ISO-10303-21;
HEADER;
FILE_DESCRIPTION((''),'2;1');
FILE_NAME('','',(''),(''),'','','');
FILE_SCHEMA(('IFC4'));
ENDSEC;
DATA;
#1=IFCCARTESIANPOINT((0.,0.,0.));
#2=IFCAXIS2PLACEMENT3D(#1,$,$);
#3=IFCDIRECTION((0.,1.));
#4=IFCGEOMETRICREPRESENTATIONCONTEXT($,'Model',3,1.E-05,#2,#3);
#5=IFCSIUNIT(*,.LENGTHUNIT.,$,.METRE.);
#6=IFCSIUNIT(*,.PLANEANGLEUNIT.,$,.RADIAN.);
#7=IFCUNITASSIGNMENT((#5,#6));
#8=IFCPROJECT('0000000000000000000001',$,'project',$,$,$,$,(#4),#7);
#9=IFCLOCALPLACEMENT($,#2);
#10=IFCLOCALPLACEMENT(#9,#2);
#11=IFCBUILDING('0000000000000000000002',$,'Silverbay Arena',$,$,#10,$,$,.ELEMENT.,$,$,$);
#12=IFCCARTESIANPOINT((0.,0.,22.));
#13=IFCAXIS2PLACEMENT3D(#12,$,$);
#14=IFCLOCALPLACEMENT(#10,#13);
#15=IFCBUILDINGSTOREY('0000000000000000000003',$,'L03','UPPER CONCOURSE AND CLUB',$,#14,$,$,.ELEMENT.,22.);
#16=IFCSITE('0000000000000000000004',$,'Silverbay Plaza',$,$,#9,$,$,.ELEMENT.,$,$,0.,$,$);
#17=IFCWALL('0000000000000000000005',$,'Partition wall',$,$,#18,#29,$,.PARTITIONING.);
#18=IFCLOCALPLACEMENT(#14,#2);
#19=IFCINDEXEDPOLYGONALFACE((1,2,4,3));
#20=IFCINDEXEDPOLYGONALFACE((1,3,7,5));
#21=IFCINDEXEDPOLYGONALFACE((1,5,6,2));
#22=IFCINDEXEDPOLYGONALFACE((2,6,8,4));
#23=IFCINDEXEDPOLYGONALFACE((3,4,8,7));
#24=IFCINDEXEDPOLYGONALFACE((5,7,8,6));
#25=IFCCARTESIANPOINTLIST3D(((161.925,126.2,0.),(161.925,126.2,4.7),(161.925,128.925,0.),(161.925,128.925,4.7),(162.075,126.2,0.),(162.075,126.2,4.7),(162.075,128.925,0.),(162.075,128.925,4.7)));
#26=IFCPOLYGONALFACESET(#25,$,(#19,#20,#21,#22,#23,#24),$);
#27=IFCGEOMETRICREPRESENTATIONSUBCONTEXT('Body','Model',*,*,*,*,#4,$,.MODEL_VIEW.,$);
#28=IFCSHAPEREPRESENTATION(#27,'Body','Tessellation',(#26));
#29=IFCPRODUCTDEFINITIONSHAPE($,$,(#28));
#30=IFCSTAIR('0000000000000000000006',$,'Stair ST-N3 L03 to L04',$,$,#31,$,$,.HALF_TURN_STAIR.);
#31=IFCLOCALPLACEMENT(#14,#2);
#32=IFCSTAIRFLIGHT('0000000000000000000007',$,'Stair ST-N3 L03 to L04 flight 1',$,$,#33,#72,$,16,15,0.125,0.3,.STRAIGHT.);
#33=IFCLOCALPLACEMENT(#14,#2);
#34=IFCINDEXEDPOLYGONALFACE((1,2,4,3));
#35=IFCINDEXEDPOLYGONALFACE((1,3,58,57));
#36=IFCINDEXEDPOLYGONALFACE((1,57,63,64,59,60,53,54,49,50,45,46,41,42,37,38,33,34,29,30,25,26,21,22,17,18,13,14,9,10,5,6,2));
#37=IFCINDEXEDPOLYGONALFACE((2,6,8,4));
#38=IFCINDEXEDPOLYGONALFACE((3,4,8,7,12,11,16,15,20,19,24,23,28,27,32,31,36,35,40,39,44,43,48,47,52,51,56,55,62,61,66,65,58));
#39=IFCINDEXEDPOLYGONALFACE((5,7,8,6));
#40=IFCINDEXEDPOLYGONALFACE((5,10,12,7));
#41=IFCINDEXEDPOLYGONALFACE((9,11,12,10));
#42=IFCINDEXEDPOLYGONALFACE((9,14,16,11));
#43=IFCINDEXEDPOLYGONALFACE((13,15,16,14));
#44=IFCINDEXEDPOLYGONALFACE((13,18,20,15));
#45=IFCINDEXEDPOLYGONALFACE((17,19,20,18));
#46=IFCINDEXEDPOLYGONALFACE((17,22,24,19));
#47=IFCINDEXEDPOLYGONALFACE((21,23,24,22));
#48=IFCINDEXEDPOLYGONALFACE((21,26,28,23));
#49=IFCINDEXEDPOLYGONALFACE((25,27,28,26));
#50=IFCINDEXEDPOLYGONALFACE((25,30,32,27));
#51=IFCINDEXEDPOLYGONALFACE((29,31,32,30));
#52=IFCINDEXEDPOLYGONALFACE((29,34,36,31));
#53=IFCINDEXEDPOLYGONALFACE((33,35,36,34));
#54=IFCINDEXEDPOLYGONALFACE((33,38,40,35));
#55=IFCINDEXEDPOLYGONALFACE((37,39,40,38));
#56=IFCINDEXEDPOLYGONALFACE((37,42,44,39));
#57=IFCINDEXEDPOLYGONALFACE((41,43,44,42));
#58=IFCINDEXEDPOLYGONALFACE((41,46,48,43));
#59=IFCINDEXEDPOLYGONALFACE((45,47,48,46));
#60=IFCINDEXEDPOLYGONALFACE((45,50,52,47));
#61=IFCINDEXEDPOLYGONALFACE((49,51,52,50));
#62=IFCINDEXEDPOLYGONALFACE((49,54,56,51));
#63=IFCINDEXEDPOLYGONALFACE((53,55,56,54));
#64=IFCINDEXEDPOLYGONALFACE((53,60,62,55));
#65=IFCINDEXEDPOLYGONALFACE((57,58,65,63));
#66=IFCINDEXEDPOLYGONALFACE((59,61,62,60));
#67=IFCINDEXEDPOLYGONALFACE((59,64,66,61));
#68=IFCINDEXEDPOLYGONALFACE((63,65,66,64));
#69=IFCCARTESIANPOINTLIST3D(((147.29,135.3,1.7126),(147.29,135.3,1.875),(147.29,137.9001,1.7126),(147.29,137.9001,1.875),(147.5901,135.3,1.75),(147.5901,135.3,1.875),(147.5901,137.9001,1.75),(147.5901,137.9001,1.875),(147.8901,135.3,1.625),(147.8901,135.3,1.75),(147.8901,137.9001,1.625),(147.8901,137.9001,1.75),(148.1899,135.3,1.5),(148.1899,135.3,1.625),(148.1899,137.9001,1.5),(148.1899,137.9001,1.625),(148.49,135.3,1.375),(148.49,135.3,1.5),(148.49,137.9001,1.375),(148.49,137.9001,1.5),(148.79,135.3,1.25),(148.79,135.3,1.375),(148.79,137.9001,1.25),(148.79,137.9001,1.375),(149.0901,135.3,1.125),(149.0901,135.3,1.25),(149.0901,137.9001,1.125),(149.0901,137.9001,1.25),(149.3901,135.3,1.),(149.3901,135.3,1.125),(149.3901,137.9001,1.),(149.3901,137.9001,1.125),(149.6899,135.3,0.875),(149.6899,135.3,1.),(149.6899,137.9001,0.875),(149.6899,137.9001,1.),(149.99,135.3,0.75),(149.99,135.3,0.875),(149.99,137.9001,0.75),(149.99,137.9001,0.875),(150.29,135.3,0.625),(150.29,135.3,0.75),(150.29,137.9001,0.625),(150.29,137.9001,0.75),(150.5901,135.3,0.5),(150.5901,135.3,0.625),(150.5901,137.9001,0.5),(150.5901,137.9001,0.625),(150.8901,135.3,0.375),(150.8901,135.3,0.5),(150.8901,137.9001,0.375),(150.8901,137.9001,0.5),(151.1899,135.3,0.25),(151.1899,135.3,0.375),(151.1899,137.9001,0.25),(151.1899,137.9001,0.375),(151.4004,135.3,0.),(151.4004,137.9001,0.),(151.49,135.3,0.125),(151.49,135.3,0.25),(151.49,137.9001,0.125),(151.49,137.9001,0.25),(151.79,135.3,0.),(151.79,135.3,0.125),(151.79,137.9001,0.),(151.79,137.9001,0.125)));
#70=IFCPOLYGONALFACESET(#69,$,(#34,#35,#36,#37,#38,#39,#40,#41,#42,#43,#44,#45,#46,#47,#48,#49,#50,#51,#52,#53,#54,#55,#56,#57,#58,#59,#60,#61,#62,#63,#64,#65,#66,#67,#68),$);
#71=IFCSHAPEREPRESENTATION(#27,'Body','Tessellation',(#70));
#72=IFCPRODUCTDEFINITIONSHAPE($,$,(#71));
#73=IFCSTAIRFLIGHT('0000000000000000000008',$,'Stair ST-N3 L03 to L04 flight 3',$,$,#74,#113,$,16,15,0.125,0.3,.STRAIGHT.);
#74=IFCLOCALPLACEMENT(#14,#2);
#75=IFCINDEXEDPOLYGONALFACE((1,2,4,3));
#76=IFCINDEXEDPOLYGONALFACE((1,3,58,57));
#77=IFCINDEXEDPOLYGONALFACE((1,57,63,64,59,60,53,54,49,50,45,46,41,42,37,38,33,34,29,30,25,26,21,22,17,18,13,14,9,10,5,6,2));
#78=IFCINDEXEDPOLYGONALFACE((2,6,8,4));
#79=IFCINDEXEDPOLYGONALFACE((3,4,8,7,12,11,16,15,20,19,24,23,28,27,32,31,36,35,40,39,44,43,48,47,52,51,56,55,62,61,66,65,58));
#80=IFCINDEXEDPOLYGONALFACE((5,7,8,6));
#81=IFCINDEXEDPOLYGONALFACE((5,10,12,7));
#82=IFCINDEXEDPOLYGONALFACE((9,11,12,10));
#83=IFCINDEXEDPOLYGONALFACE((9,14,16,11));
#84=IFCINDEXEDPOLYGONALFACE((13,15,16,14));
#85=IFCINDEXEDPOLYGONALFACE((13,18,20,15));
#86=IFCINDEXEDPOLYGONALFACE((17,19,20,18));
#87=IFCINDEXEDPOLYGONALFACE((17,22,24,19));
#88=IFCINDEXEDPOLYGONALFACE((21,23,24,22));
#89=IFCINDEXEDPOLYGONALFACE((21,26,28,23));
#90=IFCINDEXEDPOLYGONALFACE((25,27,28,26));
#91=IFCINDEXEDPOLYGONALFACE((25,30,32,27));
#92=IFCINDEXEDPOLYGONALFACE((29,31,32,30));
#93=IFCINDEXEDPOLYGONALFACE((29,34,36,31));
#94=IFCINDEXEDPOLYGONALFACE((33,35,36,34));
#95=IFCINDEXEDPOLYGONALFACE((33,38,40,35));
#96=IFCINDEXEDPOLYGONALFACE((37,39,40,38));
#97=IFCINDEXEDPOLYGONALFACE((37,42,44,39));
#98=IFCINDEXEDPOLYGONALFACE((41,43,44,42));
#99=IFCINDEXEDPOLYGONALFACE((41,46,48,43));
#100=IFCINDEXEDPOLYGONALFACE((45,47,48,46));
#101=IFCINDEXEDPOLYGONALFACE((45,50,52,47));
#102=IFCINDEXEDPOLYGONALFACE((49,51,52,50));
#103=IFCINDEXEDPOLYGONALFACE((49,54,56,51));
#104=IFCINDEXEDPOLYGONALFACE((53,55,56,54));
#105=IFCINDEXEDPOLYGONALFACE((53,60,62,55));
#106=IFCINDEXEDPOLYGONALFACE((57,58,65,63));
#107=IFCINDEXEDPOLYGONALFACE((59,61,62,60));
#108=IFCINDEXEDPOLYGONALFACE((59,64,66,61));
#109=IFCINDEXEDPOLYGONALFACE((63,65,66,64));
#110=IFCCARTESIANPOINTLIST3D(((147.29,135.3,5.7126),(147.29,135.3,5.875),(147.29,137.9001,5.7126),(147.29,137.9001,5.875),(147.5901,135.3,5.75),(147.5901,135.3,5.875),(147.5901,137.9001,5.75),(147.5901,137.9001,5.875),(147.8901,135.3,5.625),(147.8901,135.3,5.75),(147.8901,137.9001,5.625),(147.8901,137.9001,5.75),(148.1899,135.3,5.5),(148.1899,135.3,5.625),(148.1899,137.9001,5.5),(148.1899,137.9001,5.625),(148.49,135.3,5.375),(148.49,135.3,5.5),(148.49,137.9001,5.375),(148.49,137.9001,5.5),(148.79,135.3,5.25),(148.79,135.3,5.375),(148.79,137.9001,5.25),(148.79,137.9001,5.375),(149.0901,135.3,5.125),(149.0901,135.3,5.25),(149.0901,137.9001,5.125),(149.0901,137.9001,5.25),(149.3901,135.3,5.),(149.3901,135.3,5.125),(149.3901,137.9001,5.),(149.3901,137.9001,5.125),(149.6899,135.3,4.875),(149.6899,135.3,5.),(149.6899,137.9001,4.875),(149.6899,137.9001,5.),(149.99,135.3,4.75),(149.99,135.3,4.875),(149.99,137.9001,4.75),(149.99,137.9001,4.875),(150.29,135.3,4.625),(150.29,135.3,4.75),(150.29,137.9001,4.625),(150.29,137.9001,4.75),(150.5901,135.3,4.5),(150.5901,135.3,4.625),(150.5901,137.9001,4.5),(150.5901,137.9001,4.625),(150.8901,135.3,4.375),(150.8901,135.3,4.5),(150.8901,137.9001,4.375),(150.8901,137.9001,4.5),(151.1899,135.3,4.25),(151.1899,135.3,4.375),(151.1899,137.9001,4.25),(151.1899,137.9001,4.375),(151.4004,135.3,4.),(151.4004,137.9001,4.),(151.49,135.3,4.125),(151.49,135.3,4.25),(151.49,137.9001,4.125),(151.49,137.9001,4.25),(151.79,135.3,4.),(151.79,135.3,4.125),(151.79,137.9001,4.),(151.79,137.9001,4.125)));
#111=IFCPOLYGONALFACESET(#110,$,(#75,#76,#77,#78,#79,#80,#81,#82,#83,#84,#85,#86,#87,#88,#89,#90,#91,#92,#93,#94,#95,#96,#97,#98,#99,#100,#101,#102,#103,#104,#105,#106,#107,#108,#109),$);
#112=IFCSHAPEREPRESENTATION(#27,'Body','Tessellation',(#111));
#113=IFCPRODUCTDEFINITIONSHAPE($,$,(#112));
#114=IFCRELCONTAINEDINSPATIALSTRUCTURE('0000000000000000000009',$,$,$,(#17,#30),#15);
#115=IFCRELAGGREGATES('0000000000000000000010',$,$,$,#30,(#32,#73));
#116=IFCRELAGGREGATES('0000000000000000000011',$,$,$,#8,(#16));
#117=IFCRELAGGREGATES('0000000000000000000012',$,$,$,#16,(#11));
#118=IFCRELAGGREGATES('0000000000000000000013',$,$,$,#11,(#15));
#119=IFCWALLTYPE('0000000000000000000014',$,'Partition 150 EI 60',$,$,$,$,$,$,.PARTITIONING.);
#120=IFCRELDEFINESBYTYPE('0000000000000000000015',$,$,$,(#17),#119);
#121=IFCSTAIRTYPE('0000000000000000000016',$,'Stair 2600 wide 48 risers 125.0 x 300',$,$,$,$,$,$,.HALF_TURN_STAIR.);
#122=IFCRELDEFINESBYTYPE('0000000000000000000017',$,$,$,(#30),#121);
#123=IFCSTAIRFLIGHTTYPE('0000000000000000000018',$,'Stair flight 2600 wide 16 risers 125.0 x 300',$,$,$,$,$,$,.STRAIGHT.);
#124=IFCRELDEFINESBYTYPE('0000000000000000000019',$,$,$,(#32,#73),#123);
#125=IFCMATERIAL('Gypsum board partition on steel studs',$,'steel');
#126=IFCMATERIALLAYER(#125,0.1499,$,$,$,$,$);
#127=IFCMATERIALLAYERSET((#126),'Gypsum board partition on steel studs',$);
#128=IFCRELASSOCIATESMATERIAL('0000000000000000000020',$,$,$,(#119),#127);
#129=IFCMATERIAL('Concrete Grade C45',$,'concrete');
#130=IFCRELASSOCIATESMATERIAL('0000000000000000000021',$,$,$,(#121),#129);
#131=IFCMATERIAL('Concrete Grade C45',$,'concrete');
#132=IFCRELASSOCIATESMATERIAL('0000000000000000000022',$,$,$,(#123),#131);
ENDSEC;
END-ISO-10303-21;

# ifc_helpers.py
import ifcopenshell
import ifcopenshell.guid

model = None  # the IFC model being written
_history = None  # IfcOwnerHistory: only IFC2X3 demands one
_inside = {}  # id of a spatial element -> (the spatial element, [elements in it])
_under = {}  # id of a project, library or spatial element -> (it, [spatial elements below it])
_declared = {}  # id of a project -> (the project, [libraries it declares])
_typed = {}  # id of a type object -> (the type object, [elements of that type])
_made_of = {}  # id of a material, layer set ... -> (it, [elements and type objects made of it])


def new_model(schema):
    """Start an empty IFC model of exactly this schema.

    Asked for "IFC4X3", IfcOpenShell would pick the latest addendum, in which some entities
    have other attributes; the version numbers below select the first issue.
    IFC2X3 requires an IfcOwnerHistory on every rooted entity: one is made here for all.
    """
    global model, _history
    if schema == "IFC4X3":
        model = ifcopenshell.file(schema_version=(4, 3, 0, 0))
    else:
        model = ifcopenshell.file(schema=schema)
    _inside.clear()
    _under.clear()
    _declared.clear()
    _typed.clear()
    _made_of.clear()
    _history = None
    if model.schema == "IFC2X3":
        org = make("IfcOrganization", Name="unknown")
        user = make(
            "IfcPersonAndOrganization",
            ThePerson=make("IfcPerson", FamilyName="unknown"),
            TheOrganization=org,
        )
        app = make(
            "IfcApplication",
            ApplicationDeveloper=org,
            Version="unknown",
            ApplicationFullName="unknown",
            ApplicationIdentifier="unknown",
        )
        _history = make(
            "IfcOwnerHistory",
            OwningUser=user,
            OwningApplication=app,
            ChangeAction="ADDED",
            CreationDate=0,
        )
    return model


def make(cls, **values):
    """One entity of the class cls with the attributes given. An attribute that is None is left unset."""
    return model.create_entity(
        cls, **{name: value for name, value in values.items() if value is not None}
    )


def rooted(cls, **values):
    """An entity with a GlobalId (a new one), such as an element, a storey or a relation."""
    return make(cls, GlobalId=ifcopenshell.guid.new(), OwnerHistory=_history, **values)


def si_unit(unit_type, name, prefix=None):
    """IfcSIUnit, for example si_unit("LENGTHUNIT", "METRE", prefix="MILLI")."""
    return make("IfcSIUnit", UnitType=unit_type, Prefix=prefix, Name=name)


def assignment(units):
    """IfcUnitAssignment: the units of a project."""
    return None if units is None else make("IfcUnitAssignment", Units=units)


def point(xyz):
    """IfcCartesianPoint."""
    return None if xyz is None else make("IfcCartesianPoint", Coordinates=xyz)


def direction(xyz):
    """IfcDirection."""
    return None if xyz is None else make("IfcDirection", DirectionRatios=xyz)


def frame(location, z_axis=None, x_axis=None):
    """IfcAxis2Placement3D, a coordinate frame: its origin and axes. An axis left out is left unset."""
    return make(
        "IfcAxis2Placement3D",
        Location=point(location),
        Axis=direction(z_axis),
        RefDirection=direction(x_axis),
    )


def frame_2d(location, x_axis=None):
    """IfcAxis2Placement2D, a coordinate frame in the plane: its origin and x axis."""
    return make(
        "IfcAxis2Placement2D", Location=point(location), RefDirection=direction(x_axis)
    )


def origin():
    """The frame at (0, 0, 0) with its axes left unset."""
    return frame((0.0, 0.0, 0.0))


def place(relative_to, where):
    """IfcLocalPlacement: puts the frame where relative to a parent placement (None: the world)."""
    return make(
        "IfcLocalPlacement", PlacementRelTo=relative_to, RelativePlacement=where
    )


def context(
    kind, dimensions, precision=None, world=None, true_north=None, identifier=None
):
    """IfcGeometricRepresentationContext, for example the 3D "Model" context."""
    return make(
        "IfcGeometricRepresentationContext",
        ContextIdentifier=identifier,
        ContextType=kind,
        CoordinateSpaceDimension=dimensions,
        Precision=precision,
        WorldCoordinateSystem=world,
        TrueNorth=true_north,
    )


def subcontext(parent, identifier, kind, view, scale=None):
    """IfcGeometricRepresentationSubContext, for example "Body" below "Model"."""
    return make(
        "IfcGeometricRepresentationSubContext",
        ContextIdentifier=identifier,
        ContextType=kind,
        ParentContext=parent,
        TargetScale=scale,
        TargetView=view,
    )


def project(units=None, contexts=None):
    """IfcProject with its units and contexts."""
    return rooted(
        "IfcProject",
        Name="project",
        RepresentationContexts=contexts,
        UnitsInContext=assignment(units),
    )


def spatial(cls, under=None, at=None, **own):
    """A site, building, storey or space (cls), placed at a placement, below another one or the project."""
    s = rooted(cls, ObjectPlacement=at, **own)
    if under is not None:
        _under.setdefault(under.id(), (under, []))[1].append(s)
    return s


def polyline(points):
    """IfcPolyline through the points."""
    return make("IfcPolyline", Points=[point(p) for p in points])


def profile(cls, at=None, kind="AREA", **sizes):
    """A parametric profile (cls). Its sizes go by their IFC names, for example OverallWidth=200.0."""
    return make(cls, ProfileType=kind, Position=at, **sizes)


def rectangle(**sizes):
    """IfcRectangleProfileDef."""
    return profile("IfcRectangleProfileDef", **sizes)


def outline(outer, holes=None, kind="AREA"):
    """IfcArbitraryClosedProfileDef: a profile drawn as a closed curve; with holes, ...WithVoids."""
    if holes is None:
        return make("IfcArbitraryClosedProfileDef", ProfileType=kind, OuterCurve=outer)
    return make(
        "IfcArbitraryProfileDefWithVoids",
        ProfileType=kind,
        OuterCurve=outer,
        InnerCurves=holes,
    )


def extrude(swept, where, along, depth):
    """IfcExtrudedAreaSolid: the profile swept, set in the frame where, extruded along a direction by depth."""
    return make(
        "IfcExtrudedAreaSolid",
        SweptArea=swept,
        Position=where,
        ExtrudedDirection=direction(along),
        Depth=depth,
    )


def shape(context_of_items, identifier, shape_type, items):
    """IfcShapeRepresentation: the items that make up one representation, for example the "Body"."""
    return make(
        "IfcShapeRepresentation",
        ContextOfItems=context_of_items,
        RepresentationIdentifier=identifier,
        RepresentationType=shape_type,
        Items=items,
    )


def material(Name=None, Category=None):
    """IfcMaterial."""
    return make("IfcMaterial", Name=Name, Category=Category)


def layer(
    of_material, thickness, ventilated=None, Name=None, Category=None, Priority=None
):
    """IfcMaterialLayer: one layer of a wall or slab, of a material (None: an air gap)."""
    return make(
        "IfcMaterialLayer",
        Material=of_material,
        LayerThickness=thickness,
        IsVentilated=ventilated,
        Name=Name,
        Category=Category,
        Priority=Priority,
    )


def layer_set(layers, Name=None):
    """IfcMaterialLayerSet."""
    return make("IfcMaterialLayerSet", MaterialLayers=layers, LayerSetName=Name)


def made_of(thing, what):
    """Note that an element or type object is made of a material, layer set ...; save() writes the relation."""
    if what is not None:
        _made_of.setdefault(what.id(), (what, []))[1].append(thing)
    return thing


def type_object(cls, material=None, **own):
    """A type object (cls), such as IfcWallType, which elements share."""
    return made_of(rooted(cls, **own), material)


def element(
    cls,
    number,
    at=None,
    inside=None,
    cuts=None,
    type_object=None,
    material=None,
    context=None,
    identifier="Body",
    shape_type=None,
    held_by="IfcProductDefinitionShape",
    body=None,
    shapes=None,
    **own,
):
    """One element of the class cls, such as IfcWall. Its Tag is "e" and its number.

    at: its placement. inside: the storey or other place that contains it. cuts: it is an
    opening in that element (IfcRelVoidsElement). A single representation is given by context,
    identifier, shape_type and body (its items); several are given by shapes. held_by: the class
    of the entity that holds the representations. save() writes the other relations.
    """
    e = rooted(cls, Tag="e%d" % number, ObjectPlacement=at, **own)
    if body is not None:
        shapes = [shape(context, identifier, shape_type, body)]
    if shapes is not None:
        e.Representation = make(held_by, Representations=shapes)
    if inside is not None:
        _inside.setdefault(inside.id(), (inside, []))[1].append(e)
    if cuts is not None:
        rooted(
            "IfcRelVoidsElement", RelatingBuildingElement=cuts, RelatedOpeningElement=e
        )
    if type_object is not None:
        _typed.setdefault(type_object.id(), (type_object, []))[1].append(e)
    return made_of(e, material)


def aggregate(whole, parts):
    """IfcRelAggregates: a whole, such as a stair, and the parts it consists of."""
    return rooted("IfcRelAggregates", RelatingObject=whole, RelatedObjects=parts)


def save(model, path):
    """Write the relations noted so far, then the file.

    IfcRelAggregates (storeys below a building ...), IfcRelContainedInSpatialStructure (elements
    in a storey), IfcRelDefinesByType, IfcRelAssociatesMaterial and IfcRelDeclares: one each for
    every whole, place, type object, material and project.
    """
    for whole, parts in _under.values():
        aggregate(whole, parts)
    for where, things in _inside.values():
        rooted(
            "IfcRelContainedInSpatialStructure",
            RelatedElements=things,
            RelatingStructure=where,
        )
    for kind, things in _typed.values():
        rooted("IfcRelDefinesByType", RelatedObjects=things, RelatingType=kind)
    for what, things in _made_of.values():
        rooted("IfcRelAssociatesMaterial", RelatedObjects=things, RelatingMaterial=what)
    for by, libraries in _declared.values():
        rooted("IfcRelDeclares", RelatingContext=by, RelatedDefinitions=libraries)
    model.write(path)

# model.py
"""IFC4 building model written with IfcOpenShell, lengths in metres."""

from ifc_helpers import new_model, si_unit, direction, frame, frame_2d, origin, place, context, subcontext, project, spatial, polyline, rectangle, outline, extrude, material, layer, layer_set, type_object, element, aggregate, save


model = new_model("IFC4")

# Units and contexts
model_context = context("Model", 3, precision=1e-05, world=origin(), true_north=direction((0.0, 1.0)))
body_context = subcontext(model_context, "Body", "Model", "MODEL_VIEW")
ifc_project = project(units=[si_unit("LENGTHUNIT", "METRE"), si_unit("PLANEANGLEUNIT", "RADIAN")], contexts=[model_context])

# Site, building, storey
site_placement = place(None, origin())
site = spatial("IfcSite", under=ifc_project, at=site_placement, Name="Silverbay Plaza", CompositionType="ELEMENT", RefElevation=0.0)
building_placement = place(site_placement, origin())
building = spatial("IfcBuilding", under=site, at=building_placement, Name="Silverbay Arena", CompositionType="ELEMENT")
storey_placement = place(building_placement, frame((0.0, 0.0, 22.0)))
storey = spatial("IfcBuildingStorey", under=building, at=storey_placement, Name="L03", Description="UPPER CONCOURSE AND CLUB", CompositionType="ELEMENT", Elevation=22.0)

# Shared definitions
ifc_material_1 = material(Name="Gypsum board partition on steel studs", Category="steel")
ifc_layer_1 = layer(ifc_material_1, 0.1499)
ifc_layer_set_1 = layer_set([ifc_layer_1], Name="Gypsum board partition on steel studs")
wall_type_1 = type_object("IfcWallType", Name="Partition 150 EI 60", PredefinedType="PARTITIONING", material=ifc_layer_set_1)

# Wall
wall_1_placement = place(storey_placement, frame((162.0, 126.2, 0.0), z_axis=(0.0, 0.0, 1.0), x_axis=(0.0, 1.0, 0.0)))
element("IfcWall", 1, at=wall_1_placement, inside=storey, type_object=wall_type_1, Name="Partition wall", PredefinedType="PARTITIONING", context=body_context, shape_type="SweptSolid", body=[
    extrude(rectangle(XDim=2.7251, YDim=0.1499, at=frame_2d((1.3625, 0.0))), origin(), (0.0, 0.0, 1.0), 4.7),
])

# Stair, stair flights
ifc_material_2 = material(Name="Concrete Grade C45", Category="concrete")
stair_type = type_object("IfcStairType", Name="Stair 2600 wide 48 risers 125.0 x 300", PredefinedType="HALF_TURN_STAIR", material=ifc_material_2)
stair_placement = place(storey_placement, origin())
stair = element("IfcStair", 2, at=stair_placement, inside=storey, type_object=stair_type, Name="Stair ST-N3 L03 to L04", PredefinedType="HALF_TURN_STAIR")
ifc_material_3 = material(Name="Concrete Grade C45", Category="concrete")
stair_flight_type = type_object("IfcStairFlightType", Name="Stair flight 2600 wide 16 risers 125.0 x 300", PredefinedType="STRAIGHT", material=ifc_material_3)
stair_flight_1_placement = place(storey_placement, frame((151.79, 136.6001, 0.0), z_axis=(0.0, 0.0, 1.0), x_axis=(-1.0, 0.0, 0.0)))
stair_flight_1 = element("IfcStairFlight", 3, at=stair_flight_1_placement, type_object=stair_flight_type, Name="Stair ST-N3 L03 to L04 flight 1", NumberOfRisers=16, NumberOfTreads=15, PredefinedType="STRAIGHT", RiserHeight=0.125, TreadLength=0.3, context=body_context, shape_type="SweptSolid", body=[
    extrude(outline(polyline([(0.0, 0.0), (0.0, 0.125), (0.3, 0.125), (0.3, 0.25), (0.6001, 0.25), (0.6001, 0.375), (0.8999, 0.375), (0.8999, 0.5), (1.2, 0.5), (1.2, 0.625), (1.5, 0.625), (1.5, 0.75), (1.8, 0.75), (1.8, 0.875), (2.1001, 0.875), (2.1001, 1.0), (2.3999, 1.0), (2.3999, 1.125), (2.7, 1.125), (2.7, 1.25), (3.0, 1.25), (3.0, 1.375), (3.3, 1.375), (3.3, 1.5), (3.6001, 1.5), (3.6001, 1.625), (3.8999, 1.625), (3.8999, 1.75), (4.2, 1.75), (4.2, 1.875), (4.5, 1.875), (4.5, 1.7126), (0.3896, 0.0), (0.0, 0.0)])), frame((0.0, 1.3, 0.0), z_axis=(0.0, -1.0, 0.0), x_axis=(1.0, 0.0, 0.0)), (0.0, 0.0, 1.0), 2.6001),
])
stair_flight_2_placement = place(storey_placement, frame((151.79, 136.6001, 4.0), z_axis=(0.0, 0.0, 1.0), x_axis=(-1.0, 0.0, 0.0)))
stair_flight_2 = element("IfcStairFlight", 4, at=stair_flight_2_placement, type_object=stair_flight_type, Name="Stair ST-N3 L03 to L04 flight 3", NumberOfRisers=16, NumberOfTreads=15, PredefinedType="STRAIGHT", RiserHeight=0.125, TreadLength=0.3, context=body_context, shape_type="SweptSolid", body=[
    extrude(outline(polyline([(0.0, 0.0), (0.0, 0.125), (0.3, 0.125), (0.3, 0.25), (0.6001, 0.25), (0.6001, 0.375), (0.8999, 0.375), (0.8999, 0.5), (1.2, 0.5), (1.2, 0.625), (1.5, 0.625), (1.5, 0.75), (1.8, 0.75), (1.8, 0.875), (2.1001, 0.875), (2.1001, 1.0), (2.3999, 1.0), (2.3999, 1.125), (2.7, 1.125), (2.7, 1.25), (3.0, 1.25), (3.0, 1.375), (3.3, 1.375), (3.3, 1.5), (3.6001, 1.5), (3.6001, 1.625), (3.8999, 1.625), (3.8999, 1.75), (4.2, 1.75), (4.2, 1.875), (4.5, 1.875), (4.5, 1.7126), (0.3896, 0.0), (0.0, 0.0)])), frame((0.0, 1.3, 0.0), z_axis=(0.0, -1.0, 0.0), x_axis=(1.0, 0.0, 0.0)), (0.0, 0.0, 1.0), 2.6001),
])
aggregate(stair, [stair_flight_1, stair_flight_2])

save(model, "model.ifc")
